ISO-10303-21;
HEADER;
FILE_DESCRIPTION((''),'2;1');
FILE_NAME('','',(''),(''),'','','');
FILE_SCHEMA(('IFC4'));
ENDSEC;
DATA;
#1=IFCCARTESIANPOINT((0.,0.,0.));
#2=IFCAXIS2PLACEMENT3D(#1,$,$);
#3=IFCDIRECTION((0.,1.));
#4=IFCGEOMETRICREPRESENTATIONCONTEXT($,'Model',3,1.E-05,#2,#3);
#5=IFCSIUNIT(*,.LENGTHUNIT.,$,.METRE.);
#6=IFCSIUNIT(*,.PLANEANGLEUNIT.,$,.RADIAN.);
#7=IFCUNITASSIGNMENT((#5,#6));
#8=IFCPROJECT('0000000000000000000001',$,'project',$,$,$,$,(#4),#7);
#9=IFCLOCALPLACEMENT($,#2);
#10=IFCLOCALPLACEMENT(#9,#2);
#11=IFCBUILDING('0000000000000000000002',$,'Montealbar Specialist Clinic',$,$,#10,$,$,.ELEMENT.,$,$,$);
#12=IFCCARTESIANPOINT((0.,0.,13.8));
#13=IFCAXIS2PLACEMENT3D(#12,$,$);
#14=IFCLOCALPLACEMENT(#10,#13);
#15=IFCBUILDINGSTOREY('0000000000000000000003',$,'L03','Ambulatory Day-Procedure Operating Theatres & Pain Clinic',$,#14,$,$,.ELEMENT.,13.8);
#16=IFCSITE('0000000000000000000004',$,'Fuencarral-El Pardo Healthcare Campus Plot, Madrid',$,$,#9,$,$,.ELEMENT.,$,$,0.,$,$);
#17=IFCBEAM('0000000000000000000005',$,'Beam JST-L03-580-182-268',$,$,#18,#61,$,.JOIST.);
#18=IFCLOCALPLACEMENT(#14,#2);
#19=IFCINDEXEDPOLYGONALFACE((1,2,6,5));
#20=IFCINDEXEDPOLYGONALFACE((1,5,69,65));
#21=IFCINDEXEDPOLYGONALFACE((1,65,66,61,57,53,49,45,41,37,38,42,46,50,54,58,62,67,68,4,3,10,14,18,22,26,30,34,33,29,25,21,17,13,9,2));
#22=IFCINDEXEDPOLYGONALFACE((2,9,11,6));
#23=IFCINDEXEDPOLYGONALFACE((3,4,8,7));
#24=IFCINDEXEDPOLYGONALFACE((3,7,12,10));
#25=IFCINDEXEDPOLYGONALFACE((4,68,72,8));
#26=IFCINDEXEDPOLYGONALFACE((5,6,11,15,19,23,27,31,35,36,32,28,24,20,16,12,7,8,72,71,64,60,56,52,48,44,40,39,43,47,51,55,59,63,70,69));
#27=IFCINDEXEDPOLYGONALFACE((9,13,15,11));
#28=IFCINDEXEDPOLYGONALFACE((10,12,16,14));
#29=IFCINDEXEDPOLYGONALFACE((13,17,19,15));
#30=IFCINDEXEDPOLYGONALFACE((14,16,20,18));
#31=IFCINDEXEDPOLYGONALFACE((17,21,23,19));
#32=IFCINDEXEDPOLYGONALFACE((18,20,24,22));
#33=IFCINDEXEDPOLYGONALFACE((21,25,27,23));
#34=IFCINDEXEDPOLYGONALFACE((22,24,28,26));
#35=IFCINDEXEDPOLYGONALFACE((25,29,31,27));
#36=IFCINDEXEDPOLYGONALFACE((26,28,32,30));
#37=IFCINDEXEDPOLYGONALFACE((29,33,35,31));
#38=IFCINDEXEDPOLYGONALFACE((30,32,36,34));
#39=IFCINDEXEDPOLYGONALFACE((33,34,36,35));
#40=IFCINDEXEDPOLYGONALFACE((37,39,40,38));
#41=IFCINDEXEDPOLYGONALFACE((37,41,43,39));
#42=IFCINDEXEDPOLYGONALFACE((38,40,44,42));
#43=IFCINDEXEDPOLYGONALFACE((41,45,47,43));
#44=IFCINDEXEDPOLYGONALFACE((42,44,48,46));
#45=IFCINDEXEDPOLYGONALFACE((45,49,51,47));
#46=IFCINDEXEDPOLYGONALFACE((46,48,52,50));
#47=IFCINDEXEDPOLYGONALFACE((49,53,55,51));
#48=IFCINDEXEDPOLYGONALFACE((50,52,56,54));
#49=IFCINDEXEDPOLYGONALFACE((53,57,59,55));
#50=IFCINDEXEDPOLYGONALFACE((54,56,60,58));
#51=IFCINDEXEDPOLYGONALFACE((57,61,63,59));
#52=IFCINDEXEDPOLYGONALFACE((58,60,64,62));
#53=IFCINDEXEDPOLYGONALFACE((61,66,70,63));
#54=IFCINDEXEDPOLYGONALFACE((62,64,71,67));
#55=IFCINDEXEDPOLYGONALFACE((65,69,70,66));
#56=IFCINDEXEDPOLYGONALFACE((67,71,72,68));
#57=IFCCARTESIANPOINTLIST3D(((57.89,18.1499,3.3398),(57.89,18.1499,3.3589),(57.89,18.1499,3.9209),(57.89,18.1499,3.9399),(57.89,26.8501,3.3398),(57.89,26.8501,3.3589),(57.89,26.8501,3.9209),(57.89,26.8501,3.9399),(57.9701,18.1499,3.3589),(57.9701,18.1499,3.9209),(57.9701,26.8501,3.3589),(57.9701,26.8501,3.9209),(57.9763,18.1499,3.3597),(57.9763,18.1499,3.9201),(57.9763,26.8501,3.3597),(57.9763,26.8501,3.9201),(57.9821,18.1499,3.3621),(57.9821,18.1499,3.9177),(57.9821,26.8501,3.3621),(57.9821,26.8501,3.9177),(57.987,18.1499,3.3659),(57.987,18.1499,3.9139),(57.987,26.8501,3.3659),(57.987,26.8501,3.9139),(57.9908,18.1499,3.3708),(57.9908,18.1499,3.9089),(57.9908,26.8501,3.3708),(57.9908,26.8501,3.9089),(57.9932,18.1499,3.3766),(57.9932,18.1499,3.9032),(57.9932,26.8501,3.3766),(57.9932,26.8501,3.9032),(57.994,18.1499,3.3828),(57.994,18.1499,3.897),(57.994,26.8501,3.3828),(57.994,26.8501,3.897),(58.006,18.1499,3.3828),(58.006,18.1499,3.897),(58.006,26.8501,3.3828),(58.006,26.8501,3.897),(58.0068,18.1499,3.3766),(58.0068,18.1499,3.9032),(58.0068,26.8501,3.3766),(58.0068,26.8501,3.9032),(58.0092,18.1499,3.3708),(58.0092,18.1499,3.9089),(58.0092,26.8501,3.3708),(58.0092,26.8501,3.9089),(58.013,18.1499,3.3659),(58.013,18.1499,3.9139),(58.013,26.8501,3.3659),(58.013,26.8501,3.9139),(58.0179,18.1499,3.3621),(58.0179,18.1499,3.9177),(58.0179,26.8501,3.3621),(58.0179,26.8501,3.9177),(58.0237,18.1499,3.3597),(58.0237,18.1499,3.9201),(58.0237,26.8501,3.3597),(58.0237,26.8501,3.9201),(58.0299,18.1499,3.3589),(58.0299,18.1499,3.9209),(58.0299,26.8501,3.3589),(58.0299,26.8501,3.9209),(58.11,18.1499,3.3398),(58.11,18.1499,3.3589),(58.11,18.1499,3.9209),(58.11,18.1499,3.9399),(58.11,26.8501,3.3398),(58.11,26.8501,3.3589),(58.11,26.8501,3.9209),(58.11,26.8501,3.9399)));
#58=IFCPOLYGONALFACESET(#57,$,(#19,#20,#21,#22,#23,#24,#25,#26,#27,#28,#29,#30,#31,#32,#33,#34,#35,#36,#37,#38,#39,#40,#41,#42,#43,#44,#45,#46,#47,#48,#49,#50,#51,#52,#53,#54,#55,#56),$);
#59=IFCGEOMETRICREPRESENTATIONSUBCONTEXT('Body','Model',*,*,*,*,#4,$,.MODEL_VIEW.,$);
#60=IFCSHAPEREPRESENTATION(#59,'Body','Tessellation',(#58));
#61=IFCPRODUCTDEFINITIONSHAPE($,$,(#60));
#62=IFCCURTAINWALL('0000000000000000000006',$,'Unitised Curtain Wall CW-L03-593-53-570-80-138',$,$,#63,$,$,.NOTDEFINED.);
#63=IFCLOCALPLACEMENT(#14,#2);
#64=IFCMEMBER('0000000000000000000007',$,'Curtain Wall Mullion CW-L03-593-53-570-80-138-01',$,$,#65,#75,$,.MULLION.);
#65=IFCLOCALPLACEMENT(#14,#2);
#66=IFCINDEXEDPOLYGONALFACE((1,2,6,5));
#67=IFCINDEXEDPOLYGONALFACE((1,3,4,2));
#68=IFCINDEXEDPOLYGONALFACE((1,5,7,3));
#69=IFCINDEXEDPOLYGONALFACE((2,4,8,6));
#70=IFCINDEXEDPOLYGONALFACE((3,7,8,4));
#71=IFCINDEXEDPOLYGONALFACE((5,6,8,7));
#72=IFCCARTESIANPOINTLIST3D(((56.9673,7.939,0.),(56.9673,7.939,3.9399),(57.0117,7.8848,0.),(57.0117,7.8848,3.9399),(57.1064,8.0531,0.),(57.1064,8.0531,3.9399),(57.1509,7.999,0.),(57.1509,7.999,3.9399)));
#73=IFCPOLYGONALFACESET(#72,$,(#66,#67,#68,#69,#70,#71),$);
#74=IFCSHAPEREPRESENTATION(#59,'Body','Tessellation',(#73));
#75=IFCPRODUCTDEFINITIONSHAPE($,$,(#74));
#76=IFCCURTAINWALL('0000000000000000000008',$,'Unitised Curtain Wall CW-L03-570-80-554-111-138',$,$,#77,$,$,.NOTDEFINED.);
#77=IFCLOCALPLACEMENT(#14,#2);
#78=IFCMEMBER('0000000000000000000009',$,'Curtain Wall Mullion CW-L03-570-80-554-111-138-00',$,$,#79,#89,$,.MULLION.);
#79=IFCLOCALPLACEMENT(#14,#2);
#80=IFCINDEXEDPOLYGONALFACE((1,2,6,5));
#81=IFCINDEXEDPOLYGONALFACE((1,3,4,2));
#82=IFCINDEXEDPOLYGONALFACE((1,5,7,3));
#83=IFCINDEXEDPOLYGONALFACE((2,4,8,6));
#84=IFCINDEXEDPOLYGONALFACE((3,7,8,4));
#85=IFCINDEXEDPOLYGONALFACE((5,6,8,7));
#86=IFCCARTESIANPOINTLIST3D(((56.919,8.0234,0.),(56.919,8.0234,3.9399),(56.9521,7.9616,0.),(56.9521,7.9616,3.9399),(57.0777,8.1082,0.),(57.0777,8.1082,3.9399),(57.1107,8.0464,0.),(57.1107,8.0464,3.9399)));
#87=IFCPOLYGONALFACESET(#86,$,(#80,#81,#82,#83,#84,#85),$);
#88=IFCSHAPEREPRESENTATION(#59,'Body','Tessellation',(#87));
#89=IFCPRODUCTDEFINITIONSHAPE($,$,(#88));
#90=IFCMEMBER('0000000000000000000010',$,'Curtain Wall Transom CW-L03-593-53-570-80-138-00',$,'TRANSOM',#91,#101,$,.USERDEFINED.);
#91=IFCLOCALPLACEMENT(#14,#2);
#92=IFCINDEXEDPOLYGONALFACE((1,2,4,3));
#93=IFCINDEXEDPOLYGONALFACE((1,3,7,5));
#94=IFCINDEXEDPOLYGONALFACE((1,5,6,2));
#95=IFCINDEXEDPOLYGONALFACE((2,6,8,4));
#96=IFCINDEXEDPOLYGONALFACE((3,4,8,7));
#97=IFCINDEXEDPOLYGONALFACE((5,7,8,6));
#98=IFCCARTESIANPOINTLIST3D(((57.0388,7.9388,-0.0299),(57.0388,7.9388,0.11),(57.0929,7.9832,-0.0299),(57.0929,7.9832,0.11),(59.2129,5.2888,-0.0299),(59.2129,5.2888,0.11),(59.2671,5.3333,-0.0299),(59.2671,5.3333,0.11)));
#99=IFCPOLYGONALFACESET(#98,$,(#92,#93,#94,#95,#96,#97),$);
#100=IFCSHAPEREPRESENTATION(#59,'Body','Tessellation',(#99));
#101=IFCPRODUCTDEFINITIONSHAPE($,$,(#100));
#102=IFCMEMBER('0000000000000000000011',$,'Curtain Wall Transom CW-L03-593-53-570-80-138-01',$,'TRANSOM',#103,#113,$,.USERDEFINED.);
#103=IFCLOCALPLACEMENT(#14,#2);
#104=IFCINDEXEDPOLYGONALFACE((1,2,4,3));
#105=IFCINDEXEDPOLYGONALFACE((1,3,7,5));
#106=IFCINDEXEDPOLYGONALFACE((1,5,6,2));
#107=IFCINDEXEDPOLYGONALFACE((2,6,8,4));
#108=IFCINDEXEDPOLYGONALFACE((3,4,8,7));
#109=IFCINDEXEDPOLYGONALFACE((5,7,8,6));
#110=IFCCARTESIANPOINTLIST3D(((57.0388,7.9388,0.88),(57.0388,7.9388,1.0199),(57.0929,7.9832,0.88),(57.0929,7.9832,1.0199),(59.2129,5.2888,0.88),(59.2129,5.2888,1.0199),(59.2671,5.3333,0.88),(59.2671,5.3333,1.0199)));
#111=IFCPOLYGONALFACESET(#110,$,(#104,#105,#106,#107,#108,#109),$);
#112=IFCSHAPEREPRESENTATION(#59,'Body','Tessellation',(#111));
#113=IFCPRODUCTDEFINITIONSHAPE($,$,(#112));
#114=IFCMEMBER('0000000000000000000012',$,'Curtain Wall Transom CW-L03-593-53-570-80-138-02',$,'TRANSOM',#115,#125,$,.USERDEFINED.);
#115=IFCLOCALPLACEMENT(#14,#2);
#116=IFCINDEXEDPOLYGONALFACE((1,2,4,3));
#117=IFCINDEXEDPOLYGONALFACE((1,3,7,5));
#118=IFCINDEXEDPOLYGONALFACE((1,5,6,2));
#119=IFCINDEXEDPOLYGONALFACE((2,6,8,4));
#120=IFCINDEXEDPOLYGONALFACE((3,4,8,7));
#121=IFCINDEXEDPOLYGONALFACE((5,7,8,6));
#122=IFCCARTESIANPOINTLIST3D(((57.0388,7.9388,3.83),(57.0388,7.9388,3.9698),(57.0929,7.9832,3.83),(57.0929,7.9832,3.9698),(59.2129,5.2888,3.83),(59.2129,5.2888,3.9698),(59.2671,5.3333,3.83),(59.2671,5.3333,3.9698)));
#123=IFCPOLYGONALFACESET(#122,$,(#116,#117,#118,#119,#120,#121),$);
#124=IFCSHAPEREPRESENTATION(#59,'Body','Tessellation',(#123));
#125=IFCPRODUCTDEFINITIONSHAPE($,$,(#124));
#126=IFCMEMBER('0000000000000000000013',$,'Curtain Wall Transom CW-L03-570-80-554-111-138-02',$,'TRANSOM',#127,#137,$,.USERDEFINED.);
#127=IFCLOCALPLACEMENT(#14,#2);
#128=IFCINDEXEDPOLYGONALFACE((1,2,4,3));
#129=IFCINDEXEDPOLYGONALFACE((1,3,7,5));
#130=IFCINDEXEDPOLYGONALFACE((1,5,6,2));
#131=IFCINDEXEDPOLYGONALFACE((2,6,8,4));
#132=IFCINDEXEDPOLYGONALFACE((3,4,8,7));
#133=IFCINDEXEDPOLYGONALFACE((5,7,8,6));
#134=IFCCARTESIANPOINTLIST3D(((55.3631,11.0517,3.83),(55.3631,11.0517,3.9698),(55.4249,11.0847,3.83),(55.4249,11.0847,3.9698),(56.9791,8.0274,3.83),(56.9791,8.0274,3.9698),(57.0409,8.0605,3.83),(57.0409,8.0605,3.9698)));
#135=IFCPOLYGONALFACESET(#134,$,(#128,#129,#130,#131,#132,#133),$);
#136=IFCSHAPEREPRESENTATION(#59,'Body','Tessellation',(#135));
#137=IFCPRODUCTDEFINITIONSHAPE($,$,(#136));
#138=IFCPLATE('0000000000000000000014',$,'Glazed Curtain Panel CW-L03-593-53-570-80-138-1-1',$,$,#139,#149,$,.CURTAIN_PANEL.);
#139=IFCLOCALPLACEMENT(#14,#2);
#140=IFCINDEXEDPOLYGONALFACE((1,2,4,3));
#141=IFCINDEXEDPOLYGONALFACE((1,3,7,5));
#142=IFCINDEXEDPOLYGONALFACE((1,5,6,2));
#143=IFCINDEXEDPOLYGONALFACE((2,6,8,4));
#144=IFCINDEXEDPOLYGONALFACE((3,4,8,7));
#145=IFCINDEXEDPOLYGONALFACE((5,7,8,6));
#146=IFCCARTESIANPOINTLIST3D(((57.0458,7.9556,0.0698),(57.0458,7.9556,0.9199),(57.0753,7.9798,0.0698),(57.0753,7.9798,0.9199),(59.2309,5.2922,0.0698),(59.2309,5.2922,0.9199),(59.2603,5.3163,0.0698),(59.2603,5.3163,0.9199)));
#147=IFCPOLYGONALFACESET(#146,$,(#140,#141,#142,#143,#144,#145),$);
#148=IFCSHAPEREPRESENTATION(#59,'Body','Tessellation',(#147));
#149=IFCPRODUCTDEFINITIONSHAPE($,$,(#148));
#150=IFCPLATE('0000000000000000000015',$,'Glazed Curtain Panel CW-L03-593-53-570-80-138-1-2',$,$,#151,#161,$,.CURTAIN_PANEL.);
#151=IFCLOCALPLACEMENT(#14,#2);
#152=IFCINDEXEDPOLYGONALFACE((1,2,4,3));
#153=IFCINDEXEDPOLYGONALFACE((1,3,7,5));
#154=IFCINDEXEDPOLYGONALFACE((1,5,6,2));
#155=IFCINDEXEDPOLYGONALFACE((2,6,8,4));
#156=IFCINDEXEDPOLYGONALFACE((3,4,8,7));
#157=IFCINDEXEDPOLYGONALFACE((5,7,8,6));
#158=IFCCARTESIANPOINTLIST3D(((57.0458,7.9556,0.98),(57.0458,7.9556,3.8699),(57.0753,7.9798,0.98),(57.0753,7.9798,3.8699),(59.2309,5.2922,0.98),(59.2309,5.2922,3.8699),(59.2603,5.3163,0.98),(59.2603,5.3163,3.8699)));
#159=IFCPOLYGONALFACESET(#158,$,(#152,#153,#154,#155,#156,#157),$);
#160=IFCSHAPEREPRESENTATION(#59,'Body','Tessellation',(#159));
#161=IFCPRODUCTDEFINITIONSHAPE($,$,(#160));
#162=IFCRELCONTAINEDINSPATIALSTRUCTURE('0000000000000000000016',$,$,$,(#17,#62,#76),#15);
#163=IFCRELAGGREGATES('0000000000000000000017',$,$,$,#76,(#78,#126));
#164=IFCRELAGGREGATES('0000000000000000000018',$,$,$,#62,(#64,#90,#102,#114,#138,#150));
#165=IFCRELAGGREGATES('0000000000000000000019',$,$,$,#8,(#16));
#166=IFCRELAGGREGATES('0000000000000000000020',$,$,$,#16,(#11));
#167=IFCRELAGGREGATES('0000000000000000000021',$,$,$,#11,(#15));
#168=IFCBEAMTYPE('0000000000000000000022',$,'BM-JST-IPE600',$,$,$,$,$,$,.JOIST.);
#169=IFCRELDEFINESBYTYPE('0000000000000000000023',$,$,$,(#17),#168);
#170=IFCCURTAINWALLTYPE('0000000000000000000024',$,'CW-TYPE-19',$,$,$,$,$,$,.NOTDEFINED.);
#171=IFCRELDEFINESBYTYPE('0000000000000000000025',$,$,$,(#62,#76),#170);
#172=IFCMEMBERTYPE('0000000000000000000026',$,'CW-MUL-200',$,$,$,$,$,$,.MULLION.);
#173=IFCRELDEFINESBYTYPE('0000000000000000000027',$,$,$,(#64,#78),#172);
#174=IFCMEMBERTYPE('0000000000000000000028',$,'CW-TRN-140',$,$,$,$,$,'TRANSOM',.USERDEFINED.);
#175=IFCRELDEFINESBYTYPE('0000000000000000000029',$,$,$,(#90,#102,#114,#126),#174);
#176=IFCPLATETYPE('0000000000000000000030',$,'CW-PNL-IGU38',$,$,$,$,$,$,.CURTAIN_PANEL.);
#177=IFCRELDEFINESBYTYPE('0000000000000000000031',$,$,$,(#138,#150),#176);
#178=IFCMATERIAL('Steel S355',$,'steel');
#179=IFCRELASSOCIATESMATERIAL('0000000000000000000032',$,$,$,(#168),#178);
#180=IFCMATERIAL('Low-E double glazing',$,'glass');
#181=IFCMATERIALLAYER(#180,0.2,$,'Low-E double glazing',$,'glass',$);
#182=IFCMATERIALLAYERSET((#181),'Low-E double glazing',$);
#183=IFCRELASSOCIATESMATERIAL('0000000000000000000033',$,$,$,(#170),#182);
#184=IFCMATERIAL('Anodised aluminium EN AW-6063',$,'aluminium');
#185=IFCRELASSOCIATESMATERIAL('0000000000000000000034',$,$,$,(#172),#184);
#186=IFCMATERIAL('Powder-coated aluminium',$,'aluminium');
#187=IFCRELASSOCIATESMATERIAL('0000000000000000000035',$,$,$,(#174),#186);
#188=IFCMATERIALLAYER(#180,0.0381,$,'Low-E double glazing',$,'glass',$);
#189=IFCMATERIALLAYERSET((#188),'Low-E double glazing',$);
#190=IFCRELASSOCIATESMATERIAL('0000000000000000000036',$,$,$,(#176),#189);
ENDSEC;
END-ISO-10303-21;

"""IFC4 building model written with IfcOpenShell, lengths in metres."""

from ifc_helpers import new_model, si_unit, direction, frame, origin, origin_2d, place, context, subcontext, project, spatial, rectangle, i_section, extrude, material, layer, layer_set, material_profile, profile_set, type_object, element, aggregate, save


model = new_model("IFC4")

# Units and contexts
model_context = context("Model", 3, precision=1e-05, world=origin(), true_north=direction((0.0, 1.0)))
body_context = subcontext(model_context, "Body", "Model", "MODEL_VIEW")
ifc_project = project(units=[si_unit("LENGTHUNIT", "METRE"), si_unit("PLANEANGLEUNIT", "RADIAN")], contexts=[model_context])

# Site, building, storey
site_placement = place(None, origin())
site = spatial("IfcSite", under=ifc_project, at=site_placement, Name="Fuencarral-El Pardo Healthcare Campus Plot, Madrid", CompositionType="ELEMENT", RefElevation=0.0)
building_placement = place(site_placement, origin())
building = spatial("IfcBuilding", under=site, at=building_placement, Name="Montealbar Specialist Clinic", CompositionType="ELEMENT")
storey_placement = place(building_placement, frame((0.0, 0.0, 13.8)))
storey = spatial("IfcBuildingStorey", under=building, at=storey_placement, Name="L03", Description="Ambulatory Day-Procedure Operating Theatres & Pain Clinic", CompositionType="ELEMENT", Elevation=13.8)

# Shared definitions
ifc_material_1 = material(Name="Steel S355", Category="steel")

# Beam
ifc_material_profile_1 = material_profile(ifc_material_1, i_section(OverallWidth=0.22, OverallDepth=0.6001, WebThickness=0.012, FlangeThickness=0.019, FilletRadius=0.0239, at=origin_2d()), Name="IPE 600", Category="steel")
ifc_profile_set_1 = profile_set([ifc_material_profile_1], Name="Steel S355")
beam_type_1 = type_object("IfcBeamType", Name="BM-JST-IPE600", PredefinedType="JOIST", material=ifc_profile_set_1)
beam_1_placement = place(storey_placement, frame((58.0, 18.1499, 3.6399), z_axis=(0.0, 1.0, 0.0), x_axis=(-1.0, 0.0, 0.0)))
element("IfcBeam", 1, at=beam_1_placement, inside=storey, type_object=beam_type_1, Name="Beam JST-L03-580-182-268", PredefinedType="JOIST", context=body_context, shape_type="SweptSolid", body=[
    extrude(i_section(OverallWidth=0.22, OverallDepth=0.6001, WebThickness=0.012, FlangeThickness=0.019, FilletRadius=0.0239, at=origin_2d()), origin(), (0.0, 0.0, 1.0), 8.7002),
])

# Curtain walls, members
ifc_material_2 = material(Name="Low-E double glazing", Category="glass")
ifc_layer_1 = layer(ifc_material_2, 0.2, Name="Low-E double glazing", Category="glass")
ifc_layer_set_1 = layer_set([ifc_layer_1], Name="Low-E double glazing")
curtain_wall_type = type_object("IfcCurtainWallType", Name="CW-TYPE-19", PredefinedType="NOTDEFINED", material=ifc_layer_set_1)
curtain_wall_1_placement = place(storey_placement, origin())
curtain_wall_1 = element("IfcCurtainWall", 2, at=curtain_wall_1_placement, inside=storey, type_object=curtain_wall_type, Name="Unitised Curtain Wall CW-L03-593-53-570-80-138", PredefinedType="NOTDEFINED")
ifc_material_3 = material(Name="Anodised aluminium EN AW-6063", Category="aluminium")
ifc_material_profile_2 = material_profile(ifc_material_3, rectangle(XDim=0.0701, YDim=0.1799, at=origin_2d()), Name="ALU 70x180", Category="aluminium")
ifc_profile_set_2 = profile_set([ifc_material_profile_2], Name="Anodised aluminium EN AW-6063")
member_type_1 = type_object("IfcMemberType", Name="CW-MUL-200", PredefinedType="MULLION", material=ifc_profile_set_2)
member_1_placement = place(storey_placement, frame((57.0591, 7.969, 0.0), z_axis=(0.0, 0.0, 1.0), x_axis=(-0.634256, 0.773123, 0.0)))
member_1 = element("IfcMember", 3, at=member_1_placement, type_object=member_type_1, Name="Curtain Wall Mullion CW-L03-593-53-570-80-138-01", PredefinedType="MULLION", context=body_context, shape_type="SweptSolid", body=[
    extrude(rectangle(XDim=0.0701, YDim=0.1799, at=origin_2d()), origin(), (0.0, 0.0, 1.0), 3.9399),
])
curtain_wall_2_placement = place(storey_placement, origin())
curtain_wall_2 = element("IfcCurtainWall", 4, at=curtain_wall_2_placement, inside=storey, type_object=curtain_wall_type, Name="Unitised Curtain Wall CW-L03-570-80-554-111-138", PredefinedType="NOTDEFINED")
member_2_placement = place(storey_placement, frame((57.0149, 8.0349, 0.0), z_axis=(0.0, 0.0, 1.0), x_axis=(-0.471529, 0.88185, 0.0)))
member_2 = element("IfcMember", 5, at=member_2_placement, type_object=member_type_1, Name="Curtain Wall Mullion CW-L03-570-80-554-111-138-00", PredefinedType="MULLION", context=body_context, shape_type="SweptSolid", body=[
    extrude(rectangle(XDim=0.0701, YDim=0.1799, at=origin_2d()), origin(), (0.0, 0.0, 1.0), 3.9399),
])

# Members
ifc_material_4 = material(Name="Powder-coated aluminium", Category="aluminium")
ifc_material_profile_3 = material_profile(ifc_material_4, rectangle(XDim=0.0701, YDim=0.1399, at=origin_2d()), Name="ALU 70x140", Category="aluminium")
ifc_profile_set_3 = profile_set([ifc_material_profile_3], Name="Powder-coated aluminium")
member_type_2 = type_object("IfcMemberType", Name="CW-TRN-140", ElementType="TRANSOM", PredefinedType="USERDEFINED", material=ifc_profile_set_3)
member_3_placement = place(storey_placement, frame((59.24, 5.311, 0.04), z_axis=(-0.634281, 0.773103, 0.0), x_axis=(-0.773103, -0.634281, 0.0)))
member_3 = element("IfcMember", 6, at=member_3_placement, type_object=member_type_2, Name="Curtain Wall Transom CW-L03-593-53-570-80-138-00", ObjectType="TRANSOM", PredefinedType="USERDEFINED", context=body_context, shape_type="SweptSolid", body=[
    extrude(rectangle(XDim=0.0701, YDim=0.1399, at=origin_2d()), origin(), (0.0, 0.0, 1.0), 3.4277),
])
member_4_placement = place(storey_placement, frame((59.24, 5.311, 0.95), z_axis=(-0.634281, 0.773103, 0.0), x_axis=(-0.773103, -0.634281, 0.0)))
member_4 = element("IfcMember", 7, at=member_4_placement, type_object=member_type_2, Name="Curtain Wall Transom CW-L03-593-53-570-80-138-01", ObjectType="TRANSOM", PredefinedType="USERDEFINED", context=body_context, shape_type="SweptSolid", body=[
    extrude(rectangle(XDim=0.0701, YDim=0.1399, at=origin_2d()), origin(), (0.0, 0.0, 1.0), 3.4277),
])
member_5_placement = place(storey_placement, frame((59.24, 5.311, 3.8999), z_axis=(-0.634281, 0.773103, 0.0), x_axis=(-0.773103, -0.634281, 0.0)))
member_5 = element("IfcMember", 8, at=member_5_placement, type_object=member_type_2, Name="Curtain Wall Transom CW-L03-593-53-570-80-138-02", ObjectType="TRANSOM", PredefinedType="USERDEFINED", context=body_context, shape_type="SweptSolid", body=[
    extrude(rectangle(XDim=0.0701, YDim=0.1399, at=origin_2d()), origin(), (0.0, 0.0, 1.0), 3.4277),
])
member_6_placement = place(storey_placement, frame((57.01, 8.0439, 3.8999), z_axis=(-0.471287, 0.88198, 0.0), x_axis=(-0.88198, -0.471287, 0.0)))
member_6 = element("IfcMember", 9, at=member_6_placement, type_object=member_type_2, Name="Curtain Wall Transom CW-L03-570-80-554-111-138-02", ObjectType="TRANSOM", PredefinedType="USERDEFINED", context=body_context, shape_type="SweptSolid", body=[
    extrude(rectangle(XDim=0.0701, YDim=0.1399, at=origin_2d()), origin(), (0.0, 0.0, 1.0), 3.429),
])
aggregate(curtain_wall_2, [member_2, member_6])

# Plates
ifc_layer_2 = layer(ifc_material_2, 0.0381, Name="Low-E double glazing", Category="glass")
ifc_layer_set_2 = layer_set([ifc_layer_2], Name="Low-E double glazing")
plate_type = type_object("IfcPlateType", Name="CW-PNL-IGU38", PredefinedType="CURTAIN_PANEL", material=ifc_layer_set_2)
plate_1_placement = place(storey_placement, frame((58.1531, 6.636, 0.0698), z_axis=(0.0, 0.0, 1.0), x_axis=(-0.634256, 0.773123, 0.0)))
plate_1 = element("IfcPlate", 10, at=plate_1_placement, type_object=plate_type, Name="Glazed Curtain Panel CW-L03-593-53-570-80-138-1-1", PredefinedType="CURTAIN_PANEL", context=body_context, shape_type="SweptSolid", body=[
    extrude(rectangle(XDim=3.4451, YDim=0.0381, at=origin_2d()), origin(), (0.0, 0.0, 1.0), 0.8501),
])
plate_2_placement = place(storey_placement, frame((58.1531, 6.636, 0.98), z_axis=(0.0, 0.0, 1.0), x_axis=(-0.634256, 0.773123, 0.0)))
plate_2 = element("IfcPlate", 11, at=plate_2_placement, type_object=plate_type, Name="Glazed Curtain Panel CW-L03-593-53-570-80-138-1-2", PredefinedType="CURTAIN_PANEL", context=body_context, shape_type="SweptSolid", body=[
    extrude(rectangle(XDim=3.4451, YDim=0.0381, at=origin_2d()), origin(), (0.0, 0.0, 1.0), 2.8899),
])
aggregate(curtain_wall_1, [member_1, member_3, member_4, member_5, plate_1, plate_2])

save(model, "model.ifc")
